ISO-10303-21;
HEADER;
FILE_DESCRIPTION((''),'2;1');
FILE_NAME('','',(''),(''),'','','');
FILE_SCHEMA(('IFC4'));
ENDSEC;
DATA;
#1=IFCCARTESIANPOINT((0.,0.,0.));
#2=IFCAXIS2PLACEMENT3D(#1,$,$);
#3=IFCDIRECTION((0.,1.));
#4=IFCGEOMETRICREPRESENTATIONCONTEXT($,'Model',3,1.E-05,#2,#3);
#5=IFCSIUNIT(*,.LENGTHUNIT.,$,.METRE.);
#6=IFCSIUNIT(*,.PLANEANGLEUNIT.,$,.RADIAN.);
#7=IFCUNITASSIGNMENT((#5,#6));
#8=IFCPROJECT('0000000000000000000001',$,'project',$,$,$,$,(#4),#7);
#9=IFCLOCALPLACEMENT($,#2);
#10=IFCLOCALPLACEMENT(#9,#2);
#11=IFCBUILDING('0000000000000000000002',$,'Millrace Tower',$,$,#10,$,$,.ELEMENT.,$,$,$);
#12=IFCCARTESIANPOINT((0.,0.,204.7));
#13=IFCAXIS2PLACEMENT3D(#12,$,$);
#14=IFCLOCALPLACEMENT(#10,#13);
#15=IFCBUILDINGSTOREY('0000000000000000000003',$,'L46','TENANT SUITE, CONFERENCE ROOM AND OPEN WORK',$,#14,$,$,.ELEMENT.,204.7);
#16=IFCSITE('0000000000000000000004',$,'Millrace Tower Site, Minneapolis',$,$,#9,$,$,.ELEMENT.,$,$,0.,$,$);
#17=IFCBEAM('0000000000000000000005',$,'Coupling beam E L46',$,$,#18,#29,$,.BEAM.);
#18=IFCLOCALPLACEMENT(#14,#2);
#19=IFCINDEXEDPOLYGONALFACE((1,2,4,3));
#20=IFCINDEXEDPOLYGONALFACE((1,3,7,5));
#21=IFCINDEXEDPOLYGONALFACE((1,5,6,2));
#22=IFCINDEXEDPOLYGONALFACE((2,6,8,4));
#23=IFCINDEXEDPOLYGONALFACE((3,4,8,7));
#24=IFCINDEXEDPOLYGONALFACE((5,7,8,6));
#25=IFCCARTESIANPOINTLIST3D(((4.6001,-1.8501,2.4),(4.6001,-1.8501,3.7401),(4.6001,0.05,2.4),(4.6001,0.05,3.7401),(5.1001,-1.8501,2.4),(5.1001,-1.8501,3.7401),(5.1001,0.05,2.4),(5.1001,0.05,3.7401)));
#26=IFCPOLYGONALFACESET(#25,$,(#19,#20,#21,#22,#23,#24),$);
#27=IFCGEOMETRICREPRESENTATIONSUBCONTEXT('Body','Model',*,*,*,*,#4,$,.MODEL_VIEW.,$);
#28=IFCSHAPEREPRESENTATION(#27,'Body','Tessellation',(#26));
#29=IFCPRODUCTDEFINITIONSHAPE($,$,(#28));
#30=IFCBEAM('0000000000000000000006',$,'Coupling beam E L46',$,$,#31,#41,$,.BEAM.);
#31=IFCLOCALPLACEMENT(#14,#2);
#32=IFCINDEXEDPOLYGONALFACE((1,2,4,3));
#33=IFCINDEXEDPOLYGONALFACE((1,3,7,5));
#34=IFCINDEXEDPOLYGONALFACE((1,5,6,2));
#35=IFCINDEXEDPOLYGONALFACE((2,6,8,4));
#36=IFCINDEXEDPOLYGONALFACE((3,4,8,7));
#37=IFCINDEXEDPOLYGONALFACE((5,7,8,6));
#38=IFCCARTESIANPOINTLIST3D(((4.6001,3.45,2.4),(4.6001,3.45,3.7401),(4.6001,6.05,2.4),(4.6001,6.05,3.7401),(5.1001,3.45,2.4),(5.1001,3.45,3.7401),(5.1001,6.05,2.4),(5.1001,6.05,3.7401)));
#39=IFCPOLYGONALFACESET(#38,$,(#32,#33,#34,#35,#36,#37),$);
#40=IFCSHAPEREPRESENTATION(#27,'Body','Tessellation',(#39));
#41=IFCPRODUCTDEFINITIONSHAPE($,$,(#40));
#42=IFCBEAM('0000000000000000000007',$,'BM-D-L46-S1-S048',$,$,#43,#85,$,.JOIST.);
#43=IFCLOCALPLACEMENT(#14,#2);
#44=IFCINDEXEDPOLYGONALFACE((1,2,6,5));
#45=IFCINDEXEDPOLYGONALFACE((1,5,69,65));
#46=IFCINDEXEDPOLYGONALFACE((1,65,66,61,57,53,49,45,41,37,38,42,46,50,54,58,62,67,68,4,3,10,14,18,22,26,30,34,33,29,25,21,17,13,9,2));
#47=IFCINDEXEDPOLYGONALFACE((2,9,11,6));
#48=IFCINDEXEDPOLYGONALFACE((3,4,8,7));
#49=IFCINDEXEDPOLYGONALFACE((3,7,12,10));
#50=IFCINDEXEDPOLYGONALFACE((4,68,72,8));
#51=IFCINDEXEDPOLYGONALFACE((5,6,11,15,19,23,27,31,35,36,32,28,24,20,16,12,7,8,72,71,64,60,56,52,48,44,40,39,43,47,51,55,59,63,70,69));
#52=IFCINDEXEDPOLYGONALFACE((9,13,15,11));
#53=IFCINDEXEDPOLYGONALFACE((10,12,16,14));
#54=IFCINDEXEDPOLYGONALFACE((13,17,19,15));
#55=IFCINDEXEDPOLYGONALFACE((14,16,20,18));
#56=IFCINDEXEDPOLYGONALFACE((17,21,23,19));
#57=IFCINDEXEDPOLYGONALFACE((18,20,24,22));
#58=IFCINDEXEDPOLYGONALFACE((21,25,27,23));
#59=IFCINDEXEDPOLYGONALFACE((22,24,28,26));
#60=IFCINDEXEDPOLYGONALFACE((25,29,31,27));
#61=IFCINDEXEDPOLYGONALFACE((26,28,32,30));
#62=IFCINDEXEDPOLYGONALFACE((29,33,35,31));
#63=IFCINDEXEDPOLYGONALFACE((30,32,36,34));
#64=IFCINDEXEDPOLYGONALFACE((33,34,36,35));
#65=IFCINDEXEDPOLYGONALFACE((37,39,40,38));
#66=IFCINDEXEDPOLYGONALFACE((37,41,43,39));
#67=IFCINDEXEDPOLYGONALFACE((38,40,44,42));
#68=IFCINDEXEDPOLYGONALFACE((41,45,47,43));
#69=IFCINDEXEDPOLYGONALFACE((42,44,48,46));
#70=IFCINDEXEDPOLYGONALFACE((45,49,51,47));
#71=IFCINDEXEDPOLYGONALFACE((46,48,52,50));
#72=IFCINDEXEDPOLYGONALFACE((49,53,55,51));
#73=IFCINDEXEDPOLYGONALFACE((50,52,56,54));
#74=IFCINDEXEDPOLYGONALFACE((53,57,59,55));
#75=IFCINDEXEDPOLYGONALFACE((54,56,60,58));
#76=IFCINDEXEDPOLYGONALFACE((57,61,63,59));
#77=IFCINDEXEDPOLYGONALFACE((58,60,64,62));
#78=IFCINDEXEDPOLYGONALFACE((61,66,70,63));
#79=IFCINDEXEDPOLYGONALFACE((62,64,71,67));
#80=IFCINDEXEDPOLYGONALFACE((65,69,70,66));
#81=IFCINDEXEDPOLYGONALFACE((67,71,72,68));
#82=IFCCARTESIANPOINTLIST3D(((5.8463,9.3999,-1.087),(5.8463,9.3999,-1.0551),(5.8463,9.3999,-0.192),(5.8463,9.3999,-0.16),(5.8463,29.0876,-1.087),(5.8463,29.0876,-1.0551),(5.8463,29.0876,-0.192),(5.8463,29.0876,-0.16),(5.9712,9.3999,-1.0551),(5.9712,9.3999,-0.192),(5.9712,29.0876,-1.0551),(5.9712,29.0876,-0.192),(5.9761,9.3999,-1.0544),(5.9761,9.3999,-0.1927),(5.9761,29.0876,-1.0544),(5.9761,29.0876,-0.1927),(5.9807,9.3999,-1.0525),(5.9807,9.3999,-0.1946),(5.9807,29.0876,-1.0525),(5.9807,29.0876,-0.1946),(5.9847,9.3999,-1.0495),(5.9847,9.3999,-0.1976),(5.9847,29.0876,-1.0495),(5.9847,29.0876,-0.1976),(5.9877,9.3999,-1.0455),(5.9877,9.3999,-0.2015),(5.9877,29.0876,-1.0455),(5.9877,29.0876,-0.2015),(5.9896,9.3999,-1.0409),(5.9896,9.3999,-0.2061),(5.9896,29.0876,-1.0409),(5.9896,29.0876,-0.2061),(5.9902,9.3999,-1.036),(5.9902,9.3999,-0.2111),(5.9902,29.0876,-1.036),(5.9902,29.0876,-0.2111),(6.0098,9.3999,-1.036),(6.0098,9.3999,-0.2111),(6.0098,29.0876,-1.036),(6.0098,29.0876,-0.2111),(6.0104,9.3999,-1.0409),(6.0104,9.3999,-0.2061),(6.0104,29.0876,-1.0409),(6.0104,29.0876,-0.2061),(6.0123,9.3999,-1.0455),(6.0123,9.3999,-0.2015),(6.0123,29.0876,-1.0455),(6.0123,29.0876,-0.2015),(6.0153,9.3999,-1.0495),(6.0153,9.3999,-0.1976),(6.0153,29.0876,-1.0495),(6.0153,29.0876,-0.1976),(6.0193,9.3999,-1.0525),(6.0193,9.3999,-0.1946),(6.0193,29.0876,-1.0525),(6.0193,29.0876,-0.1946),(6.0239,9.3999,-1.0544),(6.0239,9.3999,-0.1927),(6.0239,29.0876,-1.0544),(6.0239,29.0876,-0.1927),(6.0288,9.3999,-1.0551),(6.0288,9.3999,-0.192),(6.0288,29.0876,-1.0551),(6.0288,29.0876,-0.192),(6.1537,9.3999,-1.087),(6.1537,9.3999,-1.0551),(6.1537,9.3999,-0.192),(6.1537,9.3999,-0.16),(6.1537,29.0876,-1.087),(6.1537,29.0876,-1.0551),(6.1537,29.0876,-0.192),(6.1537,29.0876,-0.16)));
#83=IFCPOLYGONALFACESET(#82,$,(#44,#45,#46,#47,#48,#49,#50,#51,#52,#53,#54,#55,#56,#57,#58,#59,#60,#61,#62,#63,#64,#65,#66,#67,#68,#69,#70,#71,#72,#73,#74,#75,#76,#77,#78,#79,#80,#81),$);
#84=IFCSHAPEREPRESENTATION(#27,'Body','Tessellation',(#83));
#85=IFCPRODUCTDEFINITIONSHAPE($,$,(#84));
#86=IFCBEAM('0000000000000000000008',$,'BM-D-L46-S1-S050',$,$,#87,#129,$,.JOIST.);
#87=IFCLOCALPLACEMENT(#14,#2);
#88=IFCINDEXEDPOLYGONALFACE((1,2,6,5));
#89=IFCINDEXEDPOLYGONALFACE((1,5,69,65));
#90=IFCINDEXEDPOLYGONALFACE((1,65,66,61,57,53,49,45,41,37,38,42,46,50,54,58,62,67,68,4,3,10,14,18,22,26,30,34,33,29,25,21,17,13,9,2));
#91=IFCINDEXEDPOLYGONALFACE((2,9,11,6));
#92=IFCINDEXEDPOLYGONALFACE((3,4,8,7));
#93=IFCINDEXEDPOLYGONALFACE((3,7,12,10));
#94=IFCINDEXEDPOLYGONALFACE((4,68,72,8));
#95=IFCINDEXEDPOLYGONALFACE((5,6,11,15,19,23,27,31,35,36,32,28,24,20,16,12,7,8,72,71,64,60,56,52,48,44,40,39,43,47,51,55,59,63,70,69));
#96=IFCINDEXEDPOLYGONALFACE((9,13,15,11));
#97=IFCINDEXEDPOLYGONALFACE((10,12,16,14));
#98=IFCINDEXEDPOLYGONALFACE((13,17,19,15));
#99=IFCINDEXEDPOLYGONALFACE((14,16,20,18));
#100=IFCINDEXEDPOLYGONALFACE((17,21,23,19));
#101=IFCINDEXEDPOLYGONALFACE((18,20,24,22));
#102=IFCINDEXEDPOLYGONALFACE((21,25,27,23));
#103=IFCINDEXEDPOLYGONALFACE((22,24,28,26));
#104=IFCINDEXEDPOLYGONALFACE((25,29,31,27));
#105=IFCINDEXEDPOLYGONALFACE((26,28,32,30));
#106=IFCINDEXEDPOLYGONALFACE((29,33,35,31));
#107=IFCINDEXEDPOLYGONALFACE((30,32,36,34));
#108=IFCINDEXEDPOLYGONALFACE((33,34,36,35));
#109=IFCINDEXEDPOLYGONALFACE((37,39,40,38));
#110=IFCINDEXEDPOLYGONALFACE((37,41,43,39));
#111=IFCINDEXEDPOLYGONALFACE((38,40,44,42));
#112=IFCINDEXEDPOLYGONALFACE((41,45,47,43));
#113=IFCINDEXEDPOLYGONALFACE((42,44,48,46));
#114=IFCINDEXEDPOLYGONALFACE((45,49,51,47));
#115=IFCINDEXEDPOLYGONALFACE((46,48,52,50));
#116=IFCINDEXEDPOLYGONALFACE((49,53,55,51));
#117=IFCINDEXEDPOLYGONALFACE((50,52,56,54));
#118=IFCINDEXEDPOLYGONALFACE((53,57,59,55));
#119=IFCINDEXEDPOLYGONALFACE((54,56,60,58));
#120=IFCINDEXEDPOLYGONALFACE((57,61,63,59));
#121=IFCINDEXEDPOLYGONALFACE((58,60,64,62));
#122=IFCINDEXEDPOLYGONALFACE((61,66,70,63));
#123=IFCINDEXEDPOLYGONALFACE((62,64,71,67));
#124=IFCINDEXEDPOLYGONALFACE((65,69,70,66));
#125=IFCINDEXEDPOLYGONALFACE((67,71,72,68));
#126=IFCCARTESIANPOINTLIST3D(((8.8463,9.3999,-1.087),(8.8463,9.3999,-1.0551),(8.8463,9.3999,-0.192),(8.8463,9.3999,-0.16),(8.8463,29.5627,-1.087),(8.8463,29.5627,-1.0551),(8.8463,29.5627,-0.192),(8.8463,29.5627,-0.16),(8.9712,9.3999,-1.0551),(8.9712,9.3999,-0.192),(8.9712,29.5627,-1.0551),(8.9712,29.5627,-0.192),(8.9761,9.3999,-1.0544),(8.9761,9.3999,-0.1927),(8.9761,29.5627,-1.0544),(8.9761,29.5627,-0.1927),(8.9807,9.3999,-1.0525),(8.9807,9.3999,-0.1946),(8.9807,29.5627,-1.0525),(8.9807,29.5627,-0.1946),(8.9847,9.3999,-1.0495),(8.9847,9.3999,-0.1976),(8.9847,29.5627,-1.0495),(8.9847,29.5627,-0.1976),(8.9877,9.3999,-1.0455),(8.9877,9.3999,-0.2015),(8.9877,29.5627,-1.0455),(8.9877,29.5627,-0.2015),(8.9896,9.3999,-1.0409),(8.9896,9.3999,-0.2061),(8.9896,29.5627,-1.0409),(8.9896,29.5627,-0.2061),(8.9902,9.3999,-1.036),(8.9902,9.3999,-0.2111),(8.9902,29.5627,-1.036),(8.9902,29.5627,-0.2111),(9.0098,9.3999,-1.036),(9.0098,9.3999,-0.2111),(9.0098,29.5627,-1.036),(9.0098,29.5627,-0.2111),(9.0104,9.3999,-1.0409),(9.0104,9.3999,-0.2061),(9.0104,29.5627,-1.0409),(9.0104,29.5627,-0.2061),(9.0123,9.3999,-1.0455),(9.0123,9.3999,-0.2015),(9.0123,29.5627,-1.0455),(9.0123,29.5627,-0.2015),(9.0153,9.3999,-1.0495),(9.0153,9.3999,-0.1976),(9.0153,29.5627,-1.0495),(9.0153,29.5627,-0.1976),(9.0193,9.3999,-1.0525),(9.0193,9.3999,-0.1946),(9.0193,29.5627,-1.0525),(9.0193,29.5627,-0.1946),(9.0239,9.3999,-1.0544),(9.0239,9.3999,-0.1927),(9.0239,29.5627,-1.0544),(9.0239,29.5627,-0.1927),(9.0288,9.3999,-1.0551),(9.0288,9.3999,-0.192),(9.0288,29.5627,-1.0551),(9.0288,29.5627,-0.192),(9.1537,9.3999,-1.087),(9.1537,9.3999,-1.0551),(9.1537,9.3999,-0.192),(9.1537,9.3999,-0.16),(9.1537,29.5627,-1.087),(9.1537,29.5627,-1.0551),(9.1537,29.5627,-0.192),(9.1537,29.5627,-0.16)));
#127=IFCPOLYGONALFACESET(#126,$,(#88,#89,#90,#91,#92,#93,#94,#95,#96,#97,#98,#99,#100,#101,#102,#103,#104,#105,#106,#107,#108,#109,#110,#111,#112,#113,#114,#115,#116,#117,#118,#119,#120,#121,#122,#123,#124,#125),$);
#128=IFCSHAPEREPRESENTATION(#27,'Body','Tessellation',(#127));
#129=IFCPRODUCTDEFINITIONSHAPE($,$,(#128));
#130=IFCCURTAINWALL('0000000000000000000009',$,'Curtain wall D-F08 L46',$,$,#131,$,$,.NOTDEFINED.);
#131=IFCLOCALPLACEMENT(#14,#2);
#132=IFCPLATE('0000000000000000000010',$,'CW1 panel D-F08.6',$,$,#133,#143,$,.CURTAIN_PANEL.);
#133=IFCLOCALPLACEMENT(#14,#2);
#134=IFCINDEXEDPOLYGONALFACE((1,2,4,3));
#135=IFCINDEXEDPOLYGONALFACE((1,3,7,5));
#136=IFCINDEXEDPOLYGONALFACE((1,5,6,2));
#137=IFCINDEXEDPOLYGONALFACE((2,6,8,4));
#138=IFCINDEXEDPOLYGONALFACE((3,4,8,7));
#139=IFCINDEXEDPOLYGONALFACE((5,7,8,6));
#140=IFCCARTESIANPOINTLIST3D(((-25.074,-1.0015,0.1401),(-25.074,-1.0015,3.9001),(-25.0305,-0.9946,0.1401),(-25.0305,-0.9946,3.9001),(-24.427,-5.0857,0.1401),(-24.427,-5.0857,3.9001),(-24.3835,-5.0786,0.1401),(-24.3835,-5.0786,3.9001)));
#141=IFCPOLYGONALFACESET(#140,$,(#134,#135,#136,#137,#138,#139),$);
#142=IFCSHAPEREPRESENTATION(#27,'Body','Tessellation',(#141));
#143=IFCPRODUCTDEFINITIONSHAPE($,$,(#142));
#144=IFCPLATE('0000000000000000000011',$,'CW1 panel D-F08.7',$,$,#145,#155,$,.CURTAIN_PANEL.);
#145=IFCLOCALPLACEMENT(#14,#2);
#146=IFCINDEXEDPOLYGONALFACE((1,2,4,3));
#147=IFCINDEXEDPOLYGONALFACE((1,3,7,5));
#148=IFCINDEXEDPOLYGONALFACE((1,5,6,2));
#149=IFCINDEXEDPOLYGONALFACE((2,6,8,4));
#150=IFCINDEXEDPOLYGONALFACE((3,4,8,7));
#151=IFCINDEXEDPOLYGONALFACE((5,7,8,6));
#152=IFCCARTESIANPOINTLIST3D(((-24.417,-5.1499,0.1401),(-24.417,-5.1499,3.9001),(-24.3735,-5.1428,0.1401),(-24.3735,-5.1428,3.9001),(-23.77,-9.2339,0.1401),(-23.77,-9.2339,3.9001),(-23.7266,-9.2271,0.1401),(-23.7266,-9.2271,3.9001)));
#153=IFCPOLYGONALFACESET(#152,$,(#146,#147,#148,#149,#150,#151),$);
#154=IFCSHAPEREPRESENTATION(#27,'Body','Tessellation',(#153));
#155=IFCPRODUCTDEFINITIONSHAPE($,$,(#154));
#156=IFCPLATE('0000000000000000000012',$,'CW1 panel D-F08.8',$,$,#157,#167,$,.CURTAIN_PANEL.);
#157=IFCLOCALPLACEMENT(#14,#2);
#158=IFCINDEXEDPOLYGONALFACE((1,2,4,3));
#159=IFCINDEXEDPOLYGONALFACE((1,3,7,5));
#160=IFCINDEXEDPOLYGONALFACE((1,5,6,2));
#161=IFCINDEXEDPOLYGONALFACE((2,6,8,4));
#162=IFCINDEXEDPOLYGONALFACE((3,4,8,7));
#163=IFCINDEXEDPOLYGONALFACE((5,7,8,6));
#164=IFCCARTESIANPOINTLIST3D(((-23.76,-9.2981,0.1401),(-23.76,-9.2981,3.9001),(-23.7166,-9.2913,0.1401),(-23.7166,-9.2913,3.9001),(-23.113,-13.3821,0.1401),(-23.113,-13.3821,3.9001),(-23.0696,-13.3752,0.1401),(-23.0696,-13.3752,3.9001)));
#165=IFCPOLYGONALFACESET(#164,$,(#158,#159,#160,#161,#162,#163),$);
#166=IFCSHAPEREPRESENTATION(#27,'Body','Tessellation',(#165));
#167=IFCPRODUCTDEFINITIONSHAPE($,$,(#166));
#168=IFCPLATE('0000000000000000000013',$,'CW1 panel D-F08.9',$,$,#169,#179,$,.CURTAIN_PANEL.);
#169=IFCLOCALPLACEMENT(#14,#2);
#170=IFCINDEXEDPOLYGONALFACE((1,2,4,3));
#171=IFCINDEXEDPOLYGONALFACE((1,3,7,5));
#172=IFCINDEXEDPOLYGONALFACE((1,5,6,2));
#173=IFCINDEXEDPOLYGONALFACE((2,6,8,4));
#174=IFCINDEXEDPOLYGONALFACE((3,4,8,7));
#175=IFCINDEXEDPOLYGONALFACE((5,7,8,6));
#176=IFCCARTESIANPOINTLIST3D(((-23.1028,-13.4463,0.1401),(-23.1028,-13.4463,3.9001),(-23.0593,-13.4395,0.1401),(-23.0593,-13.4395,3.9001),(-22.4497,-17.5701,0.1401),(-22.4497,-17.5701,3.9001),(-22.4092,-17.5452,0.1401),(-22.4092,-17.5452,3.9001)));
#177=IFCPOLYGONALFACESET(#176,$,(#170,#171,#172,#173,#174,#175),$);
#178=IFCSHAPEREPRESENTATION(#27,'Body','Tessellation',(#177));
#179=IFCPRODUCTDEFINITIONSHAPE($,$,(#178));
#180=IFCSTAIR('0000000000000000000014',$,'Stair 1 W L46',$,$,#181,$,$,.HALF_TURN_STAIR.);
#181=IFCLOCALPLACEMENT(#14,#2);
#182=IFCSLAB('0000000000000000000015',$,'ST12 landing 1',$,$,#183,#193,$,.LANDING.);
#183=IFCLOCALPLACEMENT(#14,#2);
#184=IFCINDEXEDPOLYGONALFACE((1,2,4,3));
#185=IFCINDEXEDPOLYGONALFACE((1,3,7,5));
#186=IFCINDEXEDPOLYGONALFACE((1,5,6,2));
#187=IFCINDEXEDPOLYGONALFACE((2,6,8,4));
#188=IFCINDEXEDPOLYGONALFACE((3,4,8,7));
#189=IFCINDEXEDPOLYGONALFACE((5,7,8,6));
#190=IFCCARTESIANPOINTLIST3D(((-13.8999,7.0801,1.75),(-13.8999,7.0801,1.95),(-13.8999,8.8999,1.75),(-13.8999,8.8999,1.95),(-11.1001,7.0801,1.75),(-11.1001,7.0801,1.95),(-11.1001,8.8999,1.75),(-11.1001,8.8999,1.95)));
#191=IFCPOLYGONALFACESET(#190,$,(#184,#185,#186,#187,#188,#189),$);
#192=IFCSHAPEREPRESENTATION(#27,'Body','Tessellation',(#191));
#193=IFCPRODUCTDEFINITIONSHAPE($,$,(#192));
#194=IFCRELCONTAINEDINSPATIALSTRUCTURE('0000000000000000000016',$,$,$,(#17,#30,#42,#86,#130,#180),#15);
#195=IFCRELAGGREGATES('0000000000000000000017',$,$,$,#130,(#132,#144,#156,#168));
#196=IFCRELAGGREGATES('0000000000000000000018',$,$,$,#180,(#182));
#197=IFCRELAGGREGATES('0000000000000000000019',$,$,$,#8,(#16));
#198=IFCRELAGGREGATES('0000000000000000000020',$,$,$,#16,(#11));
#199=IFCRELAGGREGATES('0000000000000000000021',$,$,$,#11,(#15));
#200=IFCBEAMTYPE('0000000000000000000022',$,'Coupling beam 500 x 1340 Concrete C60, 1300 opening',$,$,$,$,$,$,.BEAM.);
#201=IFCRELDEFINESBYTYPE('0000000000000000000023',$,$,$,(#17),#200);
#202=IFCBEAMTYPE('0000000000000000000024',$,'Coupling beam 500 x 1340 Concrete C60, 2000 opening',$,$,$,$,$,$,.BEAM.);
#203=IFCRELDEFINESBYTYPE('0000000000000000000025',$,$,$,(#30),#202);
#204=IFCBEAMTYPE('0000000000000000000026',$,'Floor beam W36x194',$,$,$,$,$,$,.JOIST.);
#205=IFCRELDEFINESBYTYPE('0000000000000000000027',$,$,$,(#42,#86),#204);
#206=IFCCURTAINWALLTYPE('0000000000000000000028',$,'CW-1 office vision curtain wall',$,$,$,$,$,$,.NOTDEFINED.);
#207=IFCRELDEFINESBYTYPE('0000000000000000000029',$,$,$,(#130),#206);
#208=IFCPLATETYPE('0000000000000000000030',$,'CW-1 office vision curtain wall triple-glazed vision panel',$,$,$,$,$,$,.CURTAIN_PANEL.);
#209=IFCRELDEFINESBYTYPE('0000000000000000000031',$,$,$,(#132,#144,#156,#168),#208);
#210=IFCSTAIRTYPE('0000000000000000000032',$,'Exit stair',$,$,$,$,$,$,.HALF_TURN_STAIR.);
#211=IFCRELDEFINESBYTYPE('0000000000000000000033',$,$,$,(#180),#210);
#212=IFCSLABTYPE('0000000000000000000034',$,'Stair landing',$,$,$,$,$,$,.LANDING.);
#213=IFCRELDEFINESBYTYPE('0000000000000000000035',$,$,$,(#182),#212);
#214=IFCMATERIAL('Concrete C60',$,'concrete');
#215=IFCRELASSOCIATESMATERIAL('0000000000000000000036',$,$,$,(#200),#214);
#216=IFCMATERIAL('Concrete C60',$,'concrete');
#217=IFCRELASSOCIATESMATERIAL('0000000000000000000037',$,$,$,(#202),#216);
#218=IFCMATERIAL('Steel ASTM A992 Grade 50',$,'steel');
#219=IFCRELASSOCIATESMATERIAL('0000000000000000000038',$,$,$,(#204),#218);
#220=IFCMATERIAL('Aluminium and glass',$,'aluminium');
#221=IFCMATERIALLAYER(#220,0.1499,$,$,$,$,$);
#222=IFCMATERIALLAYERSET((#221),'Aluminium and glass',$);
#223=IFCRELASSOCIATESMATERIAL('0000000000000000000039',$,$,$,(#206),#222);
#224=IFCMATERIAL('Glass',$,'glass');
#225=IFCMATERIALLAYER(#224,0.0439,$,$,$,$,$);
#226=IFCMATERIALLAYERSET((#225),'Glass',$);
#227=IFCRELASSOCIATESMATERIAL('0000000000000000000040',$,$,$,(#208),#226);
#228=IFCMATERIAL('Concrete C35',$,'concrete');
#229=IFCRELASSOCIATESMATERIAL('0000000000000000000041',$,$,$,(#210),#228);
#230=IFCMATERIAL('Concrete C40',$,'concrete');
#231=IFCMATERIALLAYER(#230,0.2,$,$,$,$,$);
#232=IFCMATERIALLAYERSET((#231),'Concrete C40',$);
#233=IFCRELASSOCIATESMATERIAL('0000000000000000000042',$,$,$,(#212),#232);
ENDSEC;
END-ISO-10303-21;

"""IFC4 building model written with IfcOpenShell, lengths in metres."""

from ifc_helpers import new_model, si_unit, direction, frame, origin, origin_2d, place, context, subcontext, project, spatial, polyline, rectangle, i_section, outline, extrude, material, layer, layer_set, material_profile, profile_set, type_object, element, aggregate, save


model = new_model("IFC4")

# Units and contexts
model_context = context("Model", 3, precision=1e-05, world=origin(), true_north=direction((0.0, 1.0)))
body_context = subcontext(model_context, "Body", "Model", "MODEL_VIEW")
ifc_project = project(units=[si_unit("LENGTHUNIT", "METRE"), si_unit("PLANEANGLEUNIT", "RADIAN")], contexts=[model_context])

# Site, building, storey
site_placement = place(None, origin())
site = spatial("IfcSite", under=ifc_project, at=site_placement, Name="Millrace Tower Site, Minneapolis", CompositionType="ELEMENT", RefElevation=0.0)
building_placement = place(site_placement, origin())
building = spatial("IfcBuilding", under=site, at=building_placement, Name="Millrace Tower", CompositionType="ELEMENT")
storey_placement = place(building_placement, frame((0.0, 0.0, 204.7)))
storey = spatial("IfcBuildingStorey", under=building, at=storey_placement, Name="L46", Description="TENANT SUITE, CONFERENCE ROOM AND OPEN WORK", CompositionType="ELEMENT", Elevation=204.7)

# Beams
ifc_material_1 = material(Name="Concrete C60", Category="concrete")
ifc_material_profile_1 = material_profile(ifc_material_1, rectangle(XDim=0.5, YDim=1.3401, at=origin_2d()))
ifc_profile_set_1 = profile_set([ifc_material_profile_1], Name="Concrete C60")
beam_type_1 = type_object("IfcBeamType", Name="Coupling beam 500 x 1340 Concrete C60, 1300 opening", PredefinedType="BEAM", material=ifc_profile_set_1)
beam_1_placement = place(storey_placement, frame((4.8501, 0.05, 3.0701), z_axis=(0.0, -1.0, 0.0), x_axis=(1.0, 0.0, 0.0)))
element("IfcBeam", 1, at=beam_1_placement, inside=storey, type_object=beam_type_1, Name="Coupling beam E L46", PredefinedType="BEAM", context=body_context, shape_type="SweptSolid", body=[
    extrude(rectangle(XDim=0.5, YDim=1.3401, at=origin_2d()), origin(), (0.0, 0.0, 1.0), 1.9001),
])
ifc_material_2 = material(Name="Concrete C60", Category="concrete")
ifc_material_profile_2 = material_profile(ifc_material_2, rectangle(XDim=0.5, YDim=1.3401, at=origin_2d()))
ifc_profile_set_2 = profile_set([ifc_material_profile_2], Name="Concrete C60")
beam_type_2 = type_object("IfcBeamType", Name="Coupling beam 500 x 1340 Concrete C60, 2000 opening", PredefinedType="BEAM", material=ifc_profile_set_2)
beam_2_placement = place(storey_placement, frame((4.8501, 6.05, 3.0701), z_axis=(0.0, -1.0, 0.0), x_axis=(1.0, 0.0, 0.0)))
element("IfcBeam", 2, at=beam_2_placement, inside=storey, type_object=beam_type_2, Name="Coupling beam E L46", PredefinedType="BEAM", context=body_context, shape_type="SweptSolid", body=[
    extrude(rectangle(XDim=0.5, YDim=1.3401, at=origin_2d()), origin(), (0.0, 0.0, 1.0), 2.6001),
])
ifc_material_3 = material(Name="Steel ASTM A992 Grade 50", Category="steel")
ifc_material_profile_3 = material_profile(ifc_material_3, i_section(OverallWidth=0.3074, OverallDepth=0.927, WebThickness=0.0195, FlangeThickness=0.032, FilletRadius=0.019, at=origin_2d()))
ifc_profile_set_3 = profile_set([ifc_material_profile_3], Name="Steel ASTM A992 Grade 50")
beam_type_3 = type_object("IfcBeamType", Name="Floor beam W36x194", PredefinedType="JOIST", material=ifc_profile_set_3)
beam_3_placement = place(storey_placement, frame((6.0, 9.3999, -0.6235), z_axis=(0.0, 1.0, 0.0), x_axis=(-1.0, 0.0, 0.0)))
element("IfcBeam", 3, at=beam_3_placement, inside=storey, type_object=beam_type_3, Name="BM-D-L46-S1-S048", PredefinedType="JOIST", context=body_context, shape_type="SweptSolid", body=[
    extrude(i_section(OverallWidth=0.3074, OverallDepth=0.927, WebThickness=0.0195, FlangeThickness=0.032, FilletRadius=0.019, at=origin_2d()), origin(), (0.0, 0.0, 1.0), 19.6877),
])
beam_4_placement = place(storey_placement, frame((9.0, 9.3999, -0.6235), z_axis=(0.0, 1.0, 0.0), x_axis=(-1.0, 0.0, 0.0)))
element("IfcBeam", 4, at=beam_4_placement, inside=storey, type_object=beam_type_3, Name="BM-D-L46-S1-S050", PredefinedType="JOIST", context=body_context, shape_type="SweptSolid", body=[
    extrude(i_section(OverallWidth=0.3074, OverallDepth=0.927, WebThickness=0.0195, FlangeThickness=0.032, FilletRadius=0.019, at=origin_2d()), origin(), (0.0, 0.0, 1.0), 20.1628),
])

# Curtain wall, plates
ifc_material_4 = material(Name="Aluminium and glass", Category="aluminium")
ifc_layer_1 = layer(ifc_material_4, 0.1499)
ifc_layer_set_1 = layer_set([ifc_layer_1], Name="Aluminium and glass")
curtain_wall_type = type_object("IfcCurtainWallType", Name="CW-1 office vision curtain wall", PredefinedType="NOTDEFINED", material=ifc_layer_set_1)
placement_1 = place(storey_placement, origin())
curtain_wall = element("IfcCurtainWall", 5, at=placement_1, inside=storey, type_object=curtain_wall_type, Name="Curtain wall D-F08 L46", PredefinedType="NOTDEFINED")
ifc_material_5 = material(Name="Glass", Category="glass")
ifc_layer_2 = layer(ifc_material_5, 0.0439)
ifc_layer_set_2 = layer_set([ifc_layer_2], Name="Glass")
plate_type = type_object("IfcPlateType", Name="CW-1 office vision curtain wall triple-glazed vision panel", PredefinedType="CURTAIN_PANEL", material=ifc_layer_set_2)
placement_2 = place(storey_placement, frame((0.0, 0.0, 0.1401)))
plate_1 = element("IfcPlate", 6, at=placement_2, type_object=plate_type, Name="CW1 panel D-F08.6", PredefinedType="CURTAIN_PANEL", context=body_context, shape_type="SweptSolid", body=[
    extrude(outline(polyline([(-25.074, -1.0015), (-24.427, -5.0857), (-24.3835, -5.0786), (-25.0305, -0.9946), (-25.074, -1.0015)])), origin(), (0.0, 0.0, 1.0), 3.76),
])
plate_2 = element("IfcPlate", 7, at=placement_2, type_object=plate_type, Name="CW1 panel D-F08.7", PredefinedType="CURTAIN_PANEL", context=body_context, shape_type="SweptSolid", body=[
    extrude(outline(polyline([(-24.417, -5.1499), (-23.77, -9.2339), (-23.7266, -9.2271), (-24.3735, -5.1428), (-24.417, -5.1499)])), origin(), (0.0, 0.0, 1.0), 3.76),
])
plate_3 = element("IfcPlate", 8, at=placement_2, type_object=plate_type, Name="CW1 panel D-F08.8", PredefinedType="CURTAIN_PANEL", context=body_context, shape_type="SweptSolid", body=[
    extrude(outline(polyline([(-23.76, -9.2981), (-23.113, -13.3821), (-23.0696, -13.3752), (-23.7166, -9.2913), (-23.76, -9.2981)])), origin(), (0.0, 0.0, 1.0), 3.76),
])
plate_4 = element("IfcPlate", 9, at=placement_2, type_object=plate_type, Name="CW1 panel D-F08.9", PredefinedType="CURTAIN_PANEL", context=body_context, shape_type="SweptSolid", body=[
    extrude(outline(polyline([(-23.1028, -13.4463), (-22.4497, -17.5701), (-22.4092, -17.5452), (-23.0593, -13.4395), (-23.1028, -13.4463)])), origin(), (0.0, 0.0, 1.0), 3.76),
])
aggregate(curtain_wall, [plate_1, plate_2, plate_3, plate_4])

# Stair, slab
ifc_material_6 = material(Name="Concrete C35", Category="concrete")
stair_type = type_object("IfcStairType", Name="Exit stair", PredefinedType="HALF_TURN_STAIR", material=ifc_material_6)
stair_1 = element("IfcStair", 10, at=placement_1, inside=storey, type_object=stair_type, Name="Stair 1 W L46", PredefinedType="HALF_TURN_STAIR")
ifc_material_7 = material(Name="Concrete C40", Category="concrete")
ifc_layer_3 = layer(ifc_material_7, 0.2)
ifc_layer_set_3 = layer_set([ifc_layer_3], Name="Concrete C40")
slab_type = type_object("IfcSlabType", Name="Stair landing", PredefinedType="LANDING", material=ifc_layer_set_3)
placement_3 = place(storey_placement, frame((0.0, 0.0, 1.75)))
slab_1 = element("IfcSlab", 11, at=placement_3, type_object=slab_type, Name="ST12 landing 1", PredefinedType="LANDING", context=body_context, shape_type="SweptSolid", body=[
    extrude(outline(polyline([(-13.8999, 7.0801), (-11.1001, 7.0801), (-11.1001, 8.8999), (-13.8999, 8.8999), (-13.8999, 7.0801)])), origin(), (0.0, 0.0, 1.0), 0.2),
])
aggregate(stair_1, [slab_1])

save(model, "model.ifc")
